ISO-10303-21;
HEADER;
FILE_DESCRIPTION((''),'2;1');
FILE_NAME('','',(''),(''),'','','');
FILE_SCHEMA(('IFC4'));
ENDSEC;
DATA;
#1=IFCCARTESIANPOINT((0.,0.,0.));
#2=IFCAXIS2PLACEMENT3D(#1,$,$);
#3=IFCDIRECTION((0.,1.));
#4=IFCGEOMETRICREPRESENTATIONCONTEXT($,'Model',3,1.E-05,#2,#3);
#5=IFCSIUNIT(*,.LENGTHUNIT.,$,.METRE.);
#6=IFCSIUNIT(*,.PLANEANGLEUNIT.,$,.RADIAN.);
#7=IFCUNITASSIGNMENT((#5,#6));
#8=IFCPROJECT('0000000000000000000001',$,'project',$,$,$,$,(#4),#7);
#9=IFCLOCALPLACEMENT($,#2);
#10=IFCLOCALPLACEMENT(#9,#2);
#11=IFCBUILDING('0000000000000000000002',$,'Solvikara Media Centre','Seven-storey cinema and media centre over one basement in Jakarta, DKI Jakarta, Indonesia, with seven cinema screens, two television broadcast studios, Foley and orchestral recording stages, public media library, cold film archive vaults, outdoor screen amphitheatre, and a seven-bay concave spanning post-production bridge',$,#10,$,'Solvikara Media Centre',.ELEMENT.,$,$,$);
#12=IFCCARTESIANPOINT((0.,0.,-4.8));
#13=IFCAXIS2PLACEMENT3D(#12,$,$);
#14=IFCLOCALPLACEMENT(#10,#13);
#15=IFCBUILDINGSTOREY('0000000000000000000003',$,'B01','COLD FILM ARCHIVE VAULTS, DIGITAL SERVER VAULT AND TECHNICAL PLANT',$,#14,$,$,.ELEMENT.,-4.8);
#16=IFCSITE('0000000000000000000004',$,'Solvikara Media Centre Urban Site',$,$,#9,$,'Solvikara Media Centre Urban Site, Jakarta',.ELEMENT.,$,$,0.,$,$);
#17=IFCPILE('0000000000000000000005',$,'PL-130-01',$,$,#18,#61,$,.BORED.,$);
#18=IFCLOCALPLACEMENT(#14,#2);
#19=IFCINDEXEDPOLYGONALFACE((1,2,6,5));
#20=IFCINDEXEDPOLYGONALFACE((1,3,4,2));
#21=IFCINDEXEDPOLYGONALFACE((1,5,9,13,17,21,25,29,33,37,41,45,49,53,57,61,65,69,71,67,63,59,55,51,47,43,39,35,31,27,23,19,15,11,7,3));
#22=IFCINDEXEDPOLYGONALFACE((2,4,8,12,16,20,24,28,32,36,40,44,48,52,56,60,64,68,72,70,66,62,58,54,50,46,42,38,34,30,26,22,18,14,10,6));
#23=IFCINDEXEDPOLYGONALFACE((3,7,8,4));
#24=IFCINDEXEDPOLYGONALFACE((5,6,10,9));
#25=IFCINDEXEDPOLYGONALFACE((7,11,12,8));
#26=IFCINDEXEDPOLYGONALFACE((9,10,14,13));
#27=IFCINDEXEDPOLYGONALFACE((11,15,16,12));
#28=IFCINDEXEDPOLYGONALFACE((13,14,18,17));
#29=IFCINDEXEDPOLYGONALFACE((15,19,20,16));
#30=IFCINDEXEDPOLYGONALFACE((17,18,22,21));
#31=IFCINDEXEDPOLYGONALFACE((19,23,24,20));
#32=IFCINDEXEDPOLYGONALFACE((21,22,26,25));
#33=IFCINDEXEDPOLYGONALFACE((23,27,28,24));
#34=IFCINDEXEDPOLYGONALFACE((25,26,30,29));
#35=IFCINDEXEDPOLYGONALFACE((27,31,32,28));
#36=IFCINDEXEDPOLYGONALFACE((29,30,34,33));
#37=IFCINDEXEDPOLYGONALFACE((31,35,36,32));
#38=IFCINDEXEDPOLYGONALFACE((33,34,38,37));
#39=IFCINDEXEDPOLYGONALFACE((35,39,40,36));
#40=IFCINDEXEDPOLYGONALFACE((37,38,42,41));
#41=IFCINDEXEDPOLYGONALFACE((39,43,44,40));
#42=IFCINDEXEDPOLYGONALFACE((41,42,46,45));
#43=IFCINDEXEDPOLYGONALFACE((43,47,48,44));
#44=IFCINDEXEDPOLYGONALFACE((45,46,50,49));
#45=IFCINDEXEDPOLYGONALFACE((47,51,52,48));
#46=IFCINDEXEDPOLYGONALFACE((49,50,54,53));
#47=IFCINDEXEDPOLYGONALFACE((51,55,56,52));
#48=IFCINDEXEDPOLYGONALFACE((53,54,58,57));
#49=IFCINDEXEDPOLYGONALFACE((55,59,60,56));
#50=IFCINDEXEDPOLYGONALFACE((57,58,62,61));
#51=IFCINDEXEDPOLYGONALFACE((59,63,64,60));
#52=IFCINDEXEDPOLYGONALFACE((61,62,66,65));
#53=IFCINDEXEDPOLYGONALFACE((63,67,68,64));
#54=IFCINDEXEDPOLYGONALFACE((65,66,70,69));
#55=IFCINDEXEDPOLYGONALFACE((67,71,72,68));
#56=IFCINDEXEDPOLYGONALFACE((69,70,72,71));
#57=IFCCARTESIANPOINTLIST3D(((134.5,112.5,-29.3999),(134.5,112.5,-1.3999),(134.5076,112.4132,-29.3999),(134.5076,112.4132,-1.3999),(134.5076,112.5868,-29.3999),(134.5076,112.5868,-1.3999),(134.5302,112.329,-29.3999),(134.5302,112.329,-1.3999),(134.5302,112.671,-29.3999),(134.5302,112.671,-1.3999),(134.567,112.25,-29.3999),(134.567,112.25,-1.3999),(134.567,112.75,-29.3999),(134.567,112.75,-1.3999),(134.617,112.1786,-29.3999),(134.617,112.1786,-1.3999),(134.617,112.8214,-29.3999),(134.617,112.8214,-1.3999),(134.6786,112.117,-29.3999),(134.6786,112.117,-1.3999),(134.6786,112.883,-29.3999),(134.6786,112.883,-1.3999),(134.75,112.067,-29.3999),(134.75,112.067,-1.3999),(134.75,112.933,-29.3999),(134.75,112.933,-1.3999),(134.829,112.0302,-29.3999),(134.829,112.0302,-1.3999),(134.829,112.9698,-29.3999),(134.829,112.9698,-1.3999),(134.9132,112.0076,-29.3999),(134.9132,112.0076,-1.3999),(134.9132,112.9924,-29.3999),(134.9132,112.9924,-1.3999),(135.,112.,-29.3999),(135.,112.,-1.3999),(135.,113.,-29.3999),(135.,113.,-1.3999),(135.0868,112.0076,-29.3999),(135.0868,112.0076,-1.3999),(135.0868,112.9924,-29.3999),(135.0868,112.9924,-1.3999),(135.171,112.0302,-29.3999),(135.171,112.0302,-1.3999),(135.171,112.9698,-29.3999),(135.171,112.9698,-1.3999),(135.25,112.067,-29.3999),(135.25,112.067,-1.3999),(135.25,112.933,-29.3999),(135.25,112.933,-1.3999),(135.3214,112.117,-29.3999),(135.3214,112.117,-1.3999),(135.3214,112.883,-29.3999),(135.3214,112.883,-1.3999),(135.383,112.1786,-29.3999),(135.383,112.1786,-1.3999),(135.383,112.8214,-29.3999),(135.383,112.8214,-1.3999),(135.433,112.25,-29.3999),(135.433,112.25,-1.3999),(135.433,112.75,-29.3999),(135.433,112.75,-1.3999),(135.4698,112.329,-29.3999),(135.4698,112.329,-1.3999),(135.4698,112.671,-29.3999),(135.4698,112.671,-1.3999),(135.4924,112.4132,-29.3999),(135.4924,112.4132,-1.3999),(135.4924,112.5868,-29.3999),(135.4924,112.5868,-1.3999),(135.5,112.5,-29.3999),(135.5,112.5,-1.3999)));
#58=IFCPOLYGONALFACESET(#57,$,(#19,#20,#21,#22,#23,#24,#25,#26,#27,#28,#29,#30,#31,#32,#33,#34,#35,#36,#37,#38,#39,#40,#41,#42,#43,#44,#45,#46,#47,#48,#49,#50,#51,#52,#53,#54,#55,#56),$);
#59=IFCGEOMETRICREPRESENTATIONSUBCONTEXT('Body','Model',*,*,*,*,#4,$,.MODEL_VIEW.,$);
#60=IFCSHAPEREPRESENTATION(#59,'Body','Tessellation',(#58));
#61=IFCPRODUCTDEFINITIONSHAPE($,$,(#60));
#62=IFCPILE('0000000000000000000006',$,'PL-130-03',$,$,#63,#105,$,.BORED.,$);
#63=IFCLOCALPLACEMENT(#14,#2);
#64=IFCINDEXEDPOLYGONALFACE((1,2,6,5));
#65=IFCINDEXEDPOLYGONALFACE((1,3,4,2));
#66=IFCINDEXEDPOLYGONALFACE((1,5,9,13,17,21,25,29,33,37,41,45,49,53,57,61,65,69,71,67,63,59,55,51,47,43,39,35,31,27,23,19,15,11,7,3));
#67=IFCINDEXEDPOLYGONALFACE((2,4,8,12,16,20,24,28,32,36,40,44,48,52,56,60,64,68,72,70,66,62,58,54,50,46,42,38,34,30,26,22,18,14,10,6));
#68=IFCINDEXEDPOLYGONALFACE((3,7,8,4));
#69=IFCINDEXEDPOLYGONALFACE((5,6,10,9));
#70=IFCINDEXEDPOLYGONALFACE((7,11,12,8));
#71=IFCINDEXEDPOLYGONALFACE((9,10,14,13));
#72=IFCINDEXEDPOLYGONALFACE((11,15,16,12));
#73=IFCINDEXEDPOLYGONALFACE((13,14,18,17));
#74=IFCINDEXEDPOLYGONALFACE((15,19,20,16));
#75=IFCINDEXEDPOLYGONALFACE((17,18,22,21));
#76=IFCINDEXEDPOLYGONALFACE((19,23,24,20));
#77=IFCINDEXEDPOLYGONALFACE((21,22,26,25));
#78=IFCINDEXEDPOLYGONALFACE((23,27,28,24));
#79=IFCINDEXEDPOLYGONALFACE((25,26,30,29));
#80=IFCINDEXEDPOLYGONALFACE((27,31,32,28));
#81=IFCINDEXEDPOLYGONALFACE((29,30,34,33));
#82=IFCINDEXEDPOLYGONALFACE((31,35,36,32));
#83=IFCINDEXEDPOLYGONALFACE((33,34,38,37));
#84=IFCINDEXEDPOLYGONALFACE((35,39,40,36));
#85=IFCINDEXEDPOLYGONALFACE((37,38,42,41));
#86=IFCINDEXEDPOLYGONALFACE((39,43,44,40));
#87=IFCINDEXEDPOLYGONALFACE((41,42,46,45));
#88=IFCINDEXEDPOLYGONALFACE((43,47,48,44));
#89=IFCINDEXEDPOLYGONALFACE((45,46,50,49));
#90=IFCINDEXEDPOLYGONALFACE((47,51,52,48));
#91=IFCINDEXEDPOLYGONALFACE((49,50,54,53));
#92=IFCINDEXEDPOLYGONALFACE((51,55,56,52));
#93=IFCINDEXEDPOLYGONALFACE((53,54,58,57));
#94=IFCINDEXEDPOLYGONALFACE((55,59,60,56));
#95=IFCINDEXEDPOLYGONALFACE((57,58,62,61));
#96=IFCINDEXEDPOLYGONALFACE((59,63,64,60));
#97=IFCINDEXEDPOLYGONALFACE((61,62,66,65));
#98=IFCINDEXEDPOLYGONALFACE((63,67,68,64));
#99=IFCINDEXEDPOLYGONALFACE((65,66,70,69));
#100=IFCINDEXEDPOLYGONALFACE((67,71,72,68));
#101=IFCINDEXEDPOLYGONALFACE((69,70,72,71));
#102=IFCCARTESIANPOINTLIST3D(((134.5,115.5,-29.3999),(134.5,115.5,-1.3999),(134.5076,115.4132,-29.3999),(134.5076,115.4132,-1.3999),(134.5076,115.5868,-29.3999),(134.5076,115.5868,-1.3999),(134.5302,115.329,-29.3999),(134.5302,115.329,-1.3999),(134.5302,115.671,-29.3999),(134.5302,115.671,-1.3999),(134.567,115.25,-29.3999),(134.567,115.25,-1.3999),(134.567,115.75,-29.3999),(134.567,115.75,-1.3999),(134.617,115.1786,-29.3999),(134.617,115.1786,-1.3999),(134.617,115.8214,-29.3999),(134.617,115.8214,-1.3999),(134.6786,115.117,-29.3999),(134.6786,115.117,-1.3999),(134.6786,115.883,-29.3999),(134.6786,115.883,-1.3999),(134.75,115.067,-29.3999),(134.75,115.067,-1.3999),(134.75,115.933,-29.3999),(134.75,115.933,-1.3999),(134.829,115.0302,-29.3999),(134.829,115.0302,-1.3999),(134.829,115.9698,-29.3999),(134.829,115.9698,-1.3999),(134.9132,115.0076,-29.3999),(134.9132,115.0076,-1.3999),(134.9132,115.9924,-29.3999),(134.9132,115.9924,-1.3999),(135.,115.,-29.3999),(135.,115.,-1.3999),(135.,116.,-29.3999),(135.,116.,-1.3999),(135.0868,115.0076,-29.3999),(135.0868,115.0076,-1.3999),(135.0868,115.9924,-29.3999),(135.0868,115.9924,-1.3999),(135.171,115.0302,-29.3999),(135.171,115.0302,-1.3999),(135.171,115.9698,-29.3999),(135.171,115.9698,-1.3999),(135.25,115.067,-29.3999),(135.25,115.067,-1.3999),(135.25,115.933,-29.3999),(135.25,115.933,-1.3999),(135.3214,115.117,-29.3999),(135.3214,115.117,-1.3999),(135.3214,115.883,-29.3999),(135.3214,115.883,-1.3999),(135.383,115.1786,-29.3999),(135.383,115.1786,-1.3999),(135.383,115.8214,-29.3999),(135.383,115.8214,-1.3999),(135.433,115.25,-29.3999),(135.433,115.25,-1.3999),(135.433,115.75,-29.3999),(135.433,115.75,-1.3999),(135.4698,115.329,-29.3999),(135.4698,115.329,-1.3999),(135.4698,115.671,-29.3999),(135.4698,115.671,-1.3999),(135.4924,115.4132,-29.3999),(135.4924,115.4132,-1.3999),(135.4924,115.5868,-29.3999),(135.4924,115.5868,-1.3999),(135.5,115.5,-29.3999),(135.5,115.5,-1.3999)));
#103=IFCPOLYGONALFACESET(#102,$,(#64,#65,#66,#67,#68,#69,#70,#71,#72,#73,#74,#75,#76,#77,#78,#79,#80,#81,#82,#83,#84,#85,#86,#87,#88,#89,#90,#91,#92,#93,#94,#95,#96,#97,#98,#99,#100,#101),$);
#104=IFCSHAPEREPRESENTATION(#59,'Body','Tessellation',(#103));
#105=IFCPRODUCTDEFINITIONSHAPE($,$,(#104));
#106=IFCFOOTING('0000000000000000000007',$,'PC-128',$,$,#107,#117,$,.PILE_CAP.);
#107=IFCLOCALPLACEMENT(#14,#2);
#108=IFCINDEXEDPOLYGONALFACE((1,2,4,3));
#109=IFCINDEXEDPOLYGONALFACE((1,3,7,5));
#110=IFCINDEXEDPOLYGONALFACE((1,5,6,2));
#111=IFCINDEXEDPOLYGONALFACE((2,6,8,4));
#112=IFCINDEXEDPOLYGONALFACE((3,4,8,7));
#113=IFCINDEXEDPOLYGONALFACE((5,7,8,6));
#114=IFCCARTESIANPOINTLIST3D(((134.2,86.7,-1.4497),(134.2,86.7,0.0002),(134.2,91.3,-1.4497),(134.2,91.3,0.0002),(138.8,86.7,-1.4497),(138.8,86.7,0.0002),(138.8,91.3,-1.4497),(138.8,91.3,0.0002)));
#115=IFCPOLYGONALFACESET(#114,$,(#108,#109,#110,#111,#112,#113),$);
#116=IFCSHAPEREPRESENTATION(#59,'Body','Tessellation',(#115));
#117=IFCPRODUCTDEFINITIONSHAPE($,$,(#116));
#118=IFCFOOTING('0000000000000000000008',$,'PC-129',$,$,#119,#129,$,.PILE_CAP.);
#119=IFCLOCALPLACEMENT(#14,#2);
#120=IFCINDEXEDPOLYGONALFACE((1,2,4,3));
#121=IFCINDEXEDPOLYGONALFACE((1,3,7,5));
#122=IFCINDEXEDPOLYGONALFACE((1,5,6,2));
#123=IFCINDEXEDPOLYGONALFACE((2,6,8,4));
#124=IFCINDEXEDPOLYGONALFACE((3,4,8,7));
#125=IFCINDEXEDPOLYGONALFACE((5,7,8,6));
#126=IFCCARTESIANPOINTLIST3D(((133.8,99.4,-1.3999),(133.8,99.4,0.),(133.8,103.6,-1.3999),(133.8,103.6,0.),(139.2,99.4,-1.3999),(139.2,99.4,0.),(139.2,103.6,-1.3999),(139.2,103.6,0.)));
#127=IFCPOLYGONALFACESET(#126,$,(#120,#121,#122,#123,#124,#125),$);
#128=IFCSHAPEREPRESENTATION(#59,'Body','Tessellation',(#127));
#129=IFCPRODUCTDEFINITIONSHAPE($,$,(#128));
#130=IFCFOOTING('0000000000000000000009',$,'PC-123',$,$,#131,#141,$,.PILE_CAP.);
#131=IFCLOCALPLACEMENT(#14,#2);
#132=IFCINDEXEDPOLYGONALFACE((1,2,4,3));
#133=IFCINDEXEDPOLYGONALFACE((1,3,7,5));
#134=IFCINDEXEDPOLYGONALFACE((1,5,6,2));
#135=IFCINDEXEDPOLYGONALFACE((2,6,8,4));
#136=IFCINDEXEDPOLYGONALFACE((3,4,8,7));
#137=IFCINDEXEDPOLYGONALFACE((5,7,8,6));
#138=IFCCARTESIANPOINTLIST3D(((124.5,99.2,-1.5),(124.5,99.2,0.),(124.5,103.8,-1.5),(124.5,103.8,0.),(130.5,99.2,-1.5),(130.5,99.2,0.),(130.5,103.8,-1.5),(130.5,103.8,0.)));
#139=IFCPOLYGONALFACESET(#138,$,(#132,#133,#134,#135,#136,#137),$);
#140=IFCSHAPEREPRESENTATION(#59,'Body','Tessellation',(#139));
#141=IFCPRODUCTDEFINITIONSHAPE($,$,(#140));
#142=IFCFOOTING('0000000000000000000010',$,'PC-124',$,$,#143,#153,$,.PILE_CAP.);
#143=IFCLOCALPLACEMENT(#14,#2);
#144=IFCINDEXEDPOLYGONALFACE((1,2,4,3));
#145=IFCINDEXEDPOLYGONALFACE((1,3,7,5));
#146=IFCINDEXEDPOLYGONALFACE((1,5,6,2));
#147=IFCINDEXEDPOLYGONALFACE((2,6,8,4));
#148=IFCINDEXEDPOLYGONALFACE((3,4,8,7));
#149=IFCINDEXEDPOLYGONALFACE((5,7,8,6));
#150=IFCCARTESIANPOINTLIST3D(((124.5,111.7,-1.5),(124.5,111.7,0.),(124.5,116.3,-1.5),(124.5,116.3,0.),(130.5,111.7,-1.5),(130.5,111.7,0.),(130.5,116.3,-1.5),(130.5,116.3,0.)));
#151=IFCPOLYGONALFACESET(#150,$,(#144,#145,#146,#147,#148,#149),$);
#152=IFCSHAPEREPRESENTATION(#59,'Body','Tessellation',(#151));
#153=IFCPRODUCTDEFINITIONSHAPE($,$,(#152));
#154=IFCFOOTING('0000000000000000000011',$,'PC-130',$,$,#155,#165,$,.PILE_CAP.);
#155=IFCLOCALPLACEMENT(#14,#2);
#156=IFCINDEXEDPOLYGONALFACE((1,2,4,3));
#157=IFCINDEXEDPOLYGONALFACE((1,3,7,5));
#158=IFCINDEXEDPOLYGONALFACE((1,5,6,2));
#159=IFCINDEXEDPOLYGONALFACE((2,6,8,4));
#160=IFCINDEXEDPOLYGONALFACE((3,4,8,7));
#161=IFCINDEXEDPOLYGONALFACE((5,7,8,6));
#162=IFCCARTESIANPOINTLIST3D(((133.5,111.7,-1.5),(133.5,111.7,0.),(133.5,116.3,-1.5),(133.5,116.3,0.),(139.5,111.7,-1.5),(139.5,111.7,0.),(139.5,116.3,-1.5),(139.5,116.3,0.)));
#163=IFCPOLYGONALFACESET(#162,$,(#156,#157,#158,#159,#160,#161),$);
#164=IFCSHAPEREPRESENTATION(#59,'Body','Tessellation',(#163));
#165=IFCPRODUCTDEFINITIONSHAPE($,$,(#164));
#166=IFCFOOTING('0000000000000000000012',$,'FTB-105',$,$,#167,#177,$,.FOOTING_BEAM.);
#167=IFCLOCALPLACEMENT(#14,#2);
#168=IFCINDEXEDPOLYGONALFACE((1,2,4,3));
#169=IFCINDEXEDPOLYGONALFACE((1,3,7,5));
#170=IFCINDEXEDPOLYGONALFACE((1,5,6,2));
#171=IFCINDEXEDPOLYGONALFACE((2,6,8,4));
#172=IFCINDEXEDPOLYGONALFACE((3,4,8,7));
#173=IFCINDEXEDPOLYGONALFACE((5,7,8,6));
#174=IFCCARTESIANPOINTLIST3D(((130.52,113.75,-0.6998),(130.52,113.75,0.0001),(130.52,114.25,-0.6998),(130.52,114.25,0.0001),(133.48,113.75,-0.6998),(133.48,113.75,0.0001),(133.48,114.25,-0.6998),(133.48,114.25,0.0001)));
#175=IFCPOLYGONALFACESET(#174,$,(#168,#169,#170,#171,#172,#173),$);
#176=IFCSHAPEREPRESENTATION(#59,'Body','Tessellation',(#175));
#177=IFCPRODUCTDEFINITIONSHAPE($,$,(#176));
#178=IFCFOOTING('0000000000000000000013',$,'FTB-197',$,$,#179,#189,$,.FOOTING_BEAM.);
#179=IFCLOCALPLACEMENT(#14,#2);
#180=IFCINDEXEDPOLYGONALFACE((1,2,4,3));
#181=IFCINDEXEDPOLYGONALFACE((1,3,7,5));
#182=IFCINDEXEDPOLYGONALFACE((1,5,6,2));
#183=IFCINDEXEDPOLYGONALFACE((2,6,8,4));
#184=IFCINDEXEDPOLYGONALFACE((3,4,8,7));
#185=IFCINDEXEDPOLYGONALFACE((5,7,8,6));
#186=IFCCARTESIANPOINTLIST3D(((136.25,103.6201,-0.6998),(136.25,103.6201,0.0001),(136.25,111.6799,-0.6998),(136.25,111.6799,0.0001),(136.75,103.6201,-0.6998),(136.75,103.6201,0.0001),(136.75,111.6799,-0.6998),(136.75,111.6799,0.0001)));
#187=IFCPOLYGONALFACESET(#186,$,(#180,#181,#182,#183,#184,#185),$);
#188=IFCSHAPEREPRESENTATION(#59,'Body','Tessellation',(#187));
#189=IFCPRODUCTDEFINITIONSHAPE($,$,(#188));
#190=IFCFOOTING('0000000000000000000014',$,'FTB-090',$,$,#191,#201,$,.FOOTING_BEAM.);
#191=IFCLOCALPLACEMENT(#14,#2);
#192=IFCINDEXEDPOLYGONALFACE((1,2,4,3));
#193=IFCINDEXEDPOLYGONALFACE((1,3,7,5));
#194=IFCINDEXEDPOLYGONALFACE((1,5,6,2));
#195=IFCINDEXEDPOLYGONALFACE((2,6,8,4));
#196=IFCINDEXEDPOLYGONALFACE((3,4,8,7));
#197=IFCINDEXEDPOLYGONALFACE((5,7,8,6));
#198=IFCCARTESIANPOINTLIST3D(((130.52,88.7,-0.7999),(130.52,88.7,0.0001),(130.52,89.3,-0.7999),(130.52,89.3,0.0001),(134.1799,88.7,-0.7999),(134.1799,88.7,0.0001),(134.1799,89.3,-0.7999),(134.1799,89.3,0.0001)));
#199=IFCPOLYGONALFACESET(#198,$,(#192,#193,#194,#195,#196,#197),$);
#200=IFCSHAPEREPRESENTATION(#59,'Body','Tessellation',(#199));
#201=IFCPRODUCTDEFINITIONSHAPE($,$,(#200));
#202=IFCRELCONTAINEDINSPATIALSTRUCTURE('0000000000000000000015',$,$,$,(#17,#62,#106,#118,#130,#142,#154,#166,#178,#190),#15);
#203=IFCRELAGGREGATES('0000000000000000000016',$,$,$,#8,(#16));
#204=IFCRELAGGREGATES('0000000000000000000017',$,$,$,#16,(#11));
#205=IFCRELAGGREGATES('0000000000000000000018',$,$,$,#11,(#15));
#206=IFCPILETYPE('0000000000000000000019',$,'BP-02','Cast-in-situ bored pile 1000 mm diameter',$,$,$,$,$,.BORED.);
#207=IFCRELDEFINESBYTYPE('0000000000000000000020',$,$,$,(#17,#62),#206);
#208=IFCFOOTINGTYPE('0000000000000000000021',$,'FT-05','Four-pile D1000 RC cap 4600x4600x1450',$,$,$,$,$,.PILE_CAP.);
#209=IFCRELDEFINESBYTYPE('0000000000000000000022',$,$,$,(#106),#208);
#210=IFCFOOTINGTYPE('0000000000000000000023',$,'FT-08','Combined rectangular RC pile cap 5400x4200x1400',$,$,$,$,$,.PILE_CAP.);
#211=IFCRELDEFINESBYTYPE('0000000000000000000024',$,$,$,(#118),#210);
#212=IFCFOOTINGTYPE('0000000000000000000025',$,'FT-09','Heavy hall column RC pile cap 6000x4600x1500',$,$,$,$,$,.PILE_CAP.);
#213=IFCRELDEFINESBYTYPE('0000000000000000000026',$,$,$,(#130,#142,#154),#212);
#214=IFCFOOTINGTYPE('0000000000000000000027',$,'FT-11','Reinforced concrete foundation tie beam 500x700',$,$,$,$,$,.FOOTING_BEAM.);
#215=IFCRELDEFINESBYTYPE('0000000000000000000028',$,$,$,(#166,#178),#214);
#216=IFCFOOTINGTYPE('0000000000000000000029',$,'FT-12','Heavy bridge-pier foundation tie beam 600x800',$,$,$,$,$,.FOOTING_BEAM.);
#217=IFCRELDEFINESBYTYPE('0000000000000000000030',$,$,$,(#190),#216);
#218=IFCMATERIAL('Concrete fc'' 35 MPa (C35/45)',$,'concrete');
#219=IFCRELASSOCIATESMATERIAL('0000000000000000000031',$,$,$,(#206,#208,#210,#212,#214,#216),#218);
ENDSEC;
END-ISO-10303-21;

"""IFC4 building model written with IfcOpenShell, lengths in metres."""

from ifc_helpers import new_model, si_unit, direction, frame, origin, origin_2d, place, context, subcontext, project, spatial, rectangle, circle, extrude, material, material_profile, profile_set, type_object, element, save


model = new_model("IFC4")

# Units and contexts
model_context = context("Model", 3, precision=1e-05, world=origin(), true_north=direction((0.0, 1.0)))
body_context = subcontext(model_context, "Body", "Model", "MODEL_VIEW")
ifc_project = project(units=[si_unit("LENGTHUNIT", "METRE"), si_unit("PLANEANGLEUNIT", "RADIAN")], contexts=[model_context])

# Site, building, storey
site_placement = place(None, origin())
site = spatial("IfcSite", under=ifc_project, at=site_placement, Name="Solvikara Media Centre Urban Site", LongName="Solvikara Media Centre Urban Site, Jakarta", CompositionType="ELEMENT", RefElevation=0.0)
building_placement = place(site_placement, origin())
building = spatial("IfcBuilding", under=site, at=building_placement, Name="Solvikara Media Centre", Description="Seven-storey cinema and media centre over one basement in Jakarta, DKI Jakarta, Indonesia, with seven cinema screens, two television broadcast studios, Foley and orchestral recording stages, public media library, cold film archive vaults, outdoor screen amphitheatre, and a seven-bay concave spanning post-production bridge", LongName="Solvikara Media Centre", CompositionType="ELEMENT")
storey_placement = place(building_placement, frame((0.0, 0.0, -4.8)))
storey = spatial("IfcBuildingStorey", under=building, at=storey_placement, Name="B01", Description="COLD FILM ARCHIVE VAULTS, DIGITAL SERVER VAULT AND TECHNICAL PLANT", CompositionType="ELEMENT", Elevation=-4.8)

# Piles
ifc_material_1 = material(Name="Concrete fc' 35 MPa (C35/45)", Category="concrete")
ifc_material_profile_1 = material_profile(ifc_material_1, circle(Radius=0.5, at=origin_2d()), Name="BORED PILE D1000")
ifc_profile_set_1 = profile_set([ifc_material_profile_1], Name="Concrete fc' 35 MPa (C35/45)")
pile_type_1 = type_object("IfcPileType", Name="BP-02", Description="Cast-in-situ bored pile 1000 mm diameter", PredefinedType="BORED", material=ifc_profile_set_1)
for number, where, z_axis, x_axis, name in (
    (1, (135.0, 112.5, -1.3999), (0.0, 0.0, -1.0), (1.0, 0.0, 0.0), "PL-130-01"),
    (2, (135.0, 115.5, -1.3999), (0.0, 0.0, -1.0), (1.0, 0.0, 0.0), "PL-130-03"),
):
    element("IfcPile", number, at=place(storey_placement, frame(where, z_axis=z_axis, x_axis=x_axis)), inside=storey, type_object=pile_type_1, Name=name, PredefinedType="BORED", context=body_context, shape_type="SweptSolid", body=[
        extrude(circle(Radius=0.5, at=origin_2d()), origin(), (0.0, 0.0, 1.0), 28.0),
    ])

# Footings
footing_type_1 = type_object("IfcFootingType", Name="FT-05", Description="Four-pile D1000 RC cap 4600x4600x1450", PredefinedType="PILE_CAP", material=ifc_material_1)
footing_1_placement = place(storey_placement, frame((136.5, 89.0, -1.4497), z_axis=(0.0, 0.0, 1.0), x_axis=(1.0, 0.0, 0.0)))
element("IfcFooting", 3, at=footing_1_placement, inside=storey, type_object=footing_type_1, Name="PC-128", PredefinedType="PILE_CAP", context=body_context, shape_type="SweptSolid", body=[
    extrude(rectangle(XDim=4.6001, YDim=4.6001, at=origin_2d()), origin(), (0.0, 0.0, 1.0), 1.45),
])
footing_type_2 = type_object("IfcFootingType", Name="FT-08", Description="Combined rectangular RC pile cap 5400x4200x1400", PredefinedType="PILE_CAP", material=ifc_material_1)
footing_2_placement = place(storey_placement, frame((136.5, 101.5, -1.3999), z_axis=(0.0, 0.0, 1.0), x_axis=(1.0, 0.0, 0.0)))
element("IfcFooting", 4, at=footing_2_placement, inside=storey, type_object=footing_type_2, Name="PC-129", PredefinedType="PILE_CAP", context=body_context, shape_type="SweptSolid", body=[
    extrude(rectangle(XDim=5.3999, YDim=4.2, at=origin_2d()), origin(), (0.0, 0.0, 1.0), 1.3999),
])
footing_type_3 = type_object("IfcFootingType", Name="FT-09", Description="Heavy hall column RC pile cap 6000x4600x1500", PredefinedType="PILE_CAP", material=ifc_material_1)
for number, where, z_axis, x_axis, name in (
    (5, (127.5, 101.5, -1.5), (0.0, 0.0, 1.0), (1.0, 0.0, 0.0), "PC-123"),
    (6, (127.5, 114.0, -1.5), (0.0, 0.0, 1.0), (1.0, 0.0, 0.0), "PC-124"),
    (7, (136.5, 114.0, -1.5), (0.0, 0.0, 1.0), (1.0, 0.0, 0.0), "PC-130"),
):
    element("IfcFooting", number, at=place(storey_placement, frame(where, z_axis=z_axis, x_axis=x_axis)), inside=storey, type_object=footing_type_3, Name=name, PredefinedType="PILE_CAP", context=body_context, shape_type="SweptSolid", body=[
        extrude(rectangle(XDim=6.0, YDim=4.6001, at=origin_2d()), origin(), (0.0, 0.0, 1.0), 1.5),
    ])
ifc_material_profile_2 = material_profile(ifc_material_1, rectangle(XDim=0.5, YDim=0.7, at=origin_2d()), Name="RC 500x700")
ifc_profile_set_2 = profile_set([ifc_material_profile_2], Name="Concrete fc' 35 MPa (C35/45)")
footing_type_4 = type_object("IfcFootingType", Name="FT-11", Description="Reinforced concrete foundation tie beam 500x700", PredefinedType="FOOTING_BEAM", material=ifc_profile_set_2)
footing_3_placement = place(storey_placement, frame((130.52, 114.0, -0.3499), z_axis=(1.0, 0.0, 0.0), x_axis=(0.0, 1.0, 0.0)))
element("IfcFooting", 8, at=footing_3_placement, inside=storey, type_object=footing_type_4, Name="FTB-105", PredefinedType="FOOTING_BEAM", context=body_context, shape_type="SweptSolid", body=[
    extrude(rectangle(XDim=0.5, YDim=0.7, at=origin_2d()), origin(), (0.0, 0.0, 1.0), 2.96),
])
footing_4_placement = place(storey_placement, frame((136.5, 103.6201, -0.3499), z_axis=(0.0, 1.0, 0.0), x_axis=(-1.0, 0.0, 0.0)))
element("IfcFooting", 9, at=footing_4_placement, inside=storey, type_object=footing_type_4, Name="FTB-197", PredefinedType="FOOTING_BEAM", context=body_context, shape_type="SweptSolid", body=[
    extrude(rectangle(XDim=0.5, YDim=0.7, at=origin_2d()), origin(), (0.0, 0.0, 1.0), 8.0598),
])
ifc_material_profile_3 = material_profile(ifc_material_1, rectangle(XDim=0.6001, YDim=0.8, at=origin_2d()), Name="RC 600x800")
ifc_profile_set_3 = profile_set([ifc_material_profile_3], Name="Concrete fc' 35 MPa (C35/45)")
footing_type_5 = type_object("IfcFootingType", Name="FT-12", Description="Heavy bridge-pier foundation tie beam 600x800", PredefinedType="FOOTING_BEAM", material=ifc_profile_set_3)
footing_5_placement = place(storey_placement, frame((130.52, 89.0, -0.3999), z_axis=(1.0, 0.0, 0.0), x_axis=(0.0, 1.0, 0.0)))
element("IfcFooting", 10, at=footing_5_placement, inside=storey, type_object=footing_type_5, Name="FTB-090", PredefinedType="FOOTING_BEAM", context=body_context, shape_type="SweptSolid", body=[
    extrude(rectangle(XDim=0.6001, YDim=0.8, at=origin_2d()), origin(), (0.0, 0.0, 1.0), 3.6599),
])

save(model, "model.ifc")
